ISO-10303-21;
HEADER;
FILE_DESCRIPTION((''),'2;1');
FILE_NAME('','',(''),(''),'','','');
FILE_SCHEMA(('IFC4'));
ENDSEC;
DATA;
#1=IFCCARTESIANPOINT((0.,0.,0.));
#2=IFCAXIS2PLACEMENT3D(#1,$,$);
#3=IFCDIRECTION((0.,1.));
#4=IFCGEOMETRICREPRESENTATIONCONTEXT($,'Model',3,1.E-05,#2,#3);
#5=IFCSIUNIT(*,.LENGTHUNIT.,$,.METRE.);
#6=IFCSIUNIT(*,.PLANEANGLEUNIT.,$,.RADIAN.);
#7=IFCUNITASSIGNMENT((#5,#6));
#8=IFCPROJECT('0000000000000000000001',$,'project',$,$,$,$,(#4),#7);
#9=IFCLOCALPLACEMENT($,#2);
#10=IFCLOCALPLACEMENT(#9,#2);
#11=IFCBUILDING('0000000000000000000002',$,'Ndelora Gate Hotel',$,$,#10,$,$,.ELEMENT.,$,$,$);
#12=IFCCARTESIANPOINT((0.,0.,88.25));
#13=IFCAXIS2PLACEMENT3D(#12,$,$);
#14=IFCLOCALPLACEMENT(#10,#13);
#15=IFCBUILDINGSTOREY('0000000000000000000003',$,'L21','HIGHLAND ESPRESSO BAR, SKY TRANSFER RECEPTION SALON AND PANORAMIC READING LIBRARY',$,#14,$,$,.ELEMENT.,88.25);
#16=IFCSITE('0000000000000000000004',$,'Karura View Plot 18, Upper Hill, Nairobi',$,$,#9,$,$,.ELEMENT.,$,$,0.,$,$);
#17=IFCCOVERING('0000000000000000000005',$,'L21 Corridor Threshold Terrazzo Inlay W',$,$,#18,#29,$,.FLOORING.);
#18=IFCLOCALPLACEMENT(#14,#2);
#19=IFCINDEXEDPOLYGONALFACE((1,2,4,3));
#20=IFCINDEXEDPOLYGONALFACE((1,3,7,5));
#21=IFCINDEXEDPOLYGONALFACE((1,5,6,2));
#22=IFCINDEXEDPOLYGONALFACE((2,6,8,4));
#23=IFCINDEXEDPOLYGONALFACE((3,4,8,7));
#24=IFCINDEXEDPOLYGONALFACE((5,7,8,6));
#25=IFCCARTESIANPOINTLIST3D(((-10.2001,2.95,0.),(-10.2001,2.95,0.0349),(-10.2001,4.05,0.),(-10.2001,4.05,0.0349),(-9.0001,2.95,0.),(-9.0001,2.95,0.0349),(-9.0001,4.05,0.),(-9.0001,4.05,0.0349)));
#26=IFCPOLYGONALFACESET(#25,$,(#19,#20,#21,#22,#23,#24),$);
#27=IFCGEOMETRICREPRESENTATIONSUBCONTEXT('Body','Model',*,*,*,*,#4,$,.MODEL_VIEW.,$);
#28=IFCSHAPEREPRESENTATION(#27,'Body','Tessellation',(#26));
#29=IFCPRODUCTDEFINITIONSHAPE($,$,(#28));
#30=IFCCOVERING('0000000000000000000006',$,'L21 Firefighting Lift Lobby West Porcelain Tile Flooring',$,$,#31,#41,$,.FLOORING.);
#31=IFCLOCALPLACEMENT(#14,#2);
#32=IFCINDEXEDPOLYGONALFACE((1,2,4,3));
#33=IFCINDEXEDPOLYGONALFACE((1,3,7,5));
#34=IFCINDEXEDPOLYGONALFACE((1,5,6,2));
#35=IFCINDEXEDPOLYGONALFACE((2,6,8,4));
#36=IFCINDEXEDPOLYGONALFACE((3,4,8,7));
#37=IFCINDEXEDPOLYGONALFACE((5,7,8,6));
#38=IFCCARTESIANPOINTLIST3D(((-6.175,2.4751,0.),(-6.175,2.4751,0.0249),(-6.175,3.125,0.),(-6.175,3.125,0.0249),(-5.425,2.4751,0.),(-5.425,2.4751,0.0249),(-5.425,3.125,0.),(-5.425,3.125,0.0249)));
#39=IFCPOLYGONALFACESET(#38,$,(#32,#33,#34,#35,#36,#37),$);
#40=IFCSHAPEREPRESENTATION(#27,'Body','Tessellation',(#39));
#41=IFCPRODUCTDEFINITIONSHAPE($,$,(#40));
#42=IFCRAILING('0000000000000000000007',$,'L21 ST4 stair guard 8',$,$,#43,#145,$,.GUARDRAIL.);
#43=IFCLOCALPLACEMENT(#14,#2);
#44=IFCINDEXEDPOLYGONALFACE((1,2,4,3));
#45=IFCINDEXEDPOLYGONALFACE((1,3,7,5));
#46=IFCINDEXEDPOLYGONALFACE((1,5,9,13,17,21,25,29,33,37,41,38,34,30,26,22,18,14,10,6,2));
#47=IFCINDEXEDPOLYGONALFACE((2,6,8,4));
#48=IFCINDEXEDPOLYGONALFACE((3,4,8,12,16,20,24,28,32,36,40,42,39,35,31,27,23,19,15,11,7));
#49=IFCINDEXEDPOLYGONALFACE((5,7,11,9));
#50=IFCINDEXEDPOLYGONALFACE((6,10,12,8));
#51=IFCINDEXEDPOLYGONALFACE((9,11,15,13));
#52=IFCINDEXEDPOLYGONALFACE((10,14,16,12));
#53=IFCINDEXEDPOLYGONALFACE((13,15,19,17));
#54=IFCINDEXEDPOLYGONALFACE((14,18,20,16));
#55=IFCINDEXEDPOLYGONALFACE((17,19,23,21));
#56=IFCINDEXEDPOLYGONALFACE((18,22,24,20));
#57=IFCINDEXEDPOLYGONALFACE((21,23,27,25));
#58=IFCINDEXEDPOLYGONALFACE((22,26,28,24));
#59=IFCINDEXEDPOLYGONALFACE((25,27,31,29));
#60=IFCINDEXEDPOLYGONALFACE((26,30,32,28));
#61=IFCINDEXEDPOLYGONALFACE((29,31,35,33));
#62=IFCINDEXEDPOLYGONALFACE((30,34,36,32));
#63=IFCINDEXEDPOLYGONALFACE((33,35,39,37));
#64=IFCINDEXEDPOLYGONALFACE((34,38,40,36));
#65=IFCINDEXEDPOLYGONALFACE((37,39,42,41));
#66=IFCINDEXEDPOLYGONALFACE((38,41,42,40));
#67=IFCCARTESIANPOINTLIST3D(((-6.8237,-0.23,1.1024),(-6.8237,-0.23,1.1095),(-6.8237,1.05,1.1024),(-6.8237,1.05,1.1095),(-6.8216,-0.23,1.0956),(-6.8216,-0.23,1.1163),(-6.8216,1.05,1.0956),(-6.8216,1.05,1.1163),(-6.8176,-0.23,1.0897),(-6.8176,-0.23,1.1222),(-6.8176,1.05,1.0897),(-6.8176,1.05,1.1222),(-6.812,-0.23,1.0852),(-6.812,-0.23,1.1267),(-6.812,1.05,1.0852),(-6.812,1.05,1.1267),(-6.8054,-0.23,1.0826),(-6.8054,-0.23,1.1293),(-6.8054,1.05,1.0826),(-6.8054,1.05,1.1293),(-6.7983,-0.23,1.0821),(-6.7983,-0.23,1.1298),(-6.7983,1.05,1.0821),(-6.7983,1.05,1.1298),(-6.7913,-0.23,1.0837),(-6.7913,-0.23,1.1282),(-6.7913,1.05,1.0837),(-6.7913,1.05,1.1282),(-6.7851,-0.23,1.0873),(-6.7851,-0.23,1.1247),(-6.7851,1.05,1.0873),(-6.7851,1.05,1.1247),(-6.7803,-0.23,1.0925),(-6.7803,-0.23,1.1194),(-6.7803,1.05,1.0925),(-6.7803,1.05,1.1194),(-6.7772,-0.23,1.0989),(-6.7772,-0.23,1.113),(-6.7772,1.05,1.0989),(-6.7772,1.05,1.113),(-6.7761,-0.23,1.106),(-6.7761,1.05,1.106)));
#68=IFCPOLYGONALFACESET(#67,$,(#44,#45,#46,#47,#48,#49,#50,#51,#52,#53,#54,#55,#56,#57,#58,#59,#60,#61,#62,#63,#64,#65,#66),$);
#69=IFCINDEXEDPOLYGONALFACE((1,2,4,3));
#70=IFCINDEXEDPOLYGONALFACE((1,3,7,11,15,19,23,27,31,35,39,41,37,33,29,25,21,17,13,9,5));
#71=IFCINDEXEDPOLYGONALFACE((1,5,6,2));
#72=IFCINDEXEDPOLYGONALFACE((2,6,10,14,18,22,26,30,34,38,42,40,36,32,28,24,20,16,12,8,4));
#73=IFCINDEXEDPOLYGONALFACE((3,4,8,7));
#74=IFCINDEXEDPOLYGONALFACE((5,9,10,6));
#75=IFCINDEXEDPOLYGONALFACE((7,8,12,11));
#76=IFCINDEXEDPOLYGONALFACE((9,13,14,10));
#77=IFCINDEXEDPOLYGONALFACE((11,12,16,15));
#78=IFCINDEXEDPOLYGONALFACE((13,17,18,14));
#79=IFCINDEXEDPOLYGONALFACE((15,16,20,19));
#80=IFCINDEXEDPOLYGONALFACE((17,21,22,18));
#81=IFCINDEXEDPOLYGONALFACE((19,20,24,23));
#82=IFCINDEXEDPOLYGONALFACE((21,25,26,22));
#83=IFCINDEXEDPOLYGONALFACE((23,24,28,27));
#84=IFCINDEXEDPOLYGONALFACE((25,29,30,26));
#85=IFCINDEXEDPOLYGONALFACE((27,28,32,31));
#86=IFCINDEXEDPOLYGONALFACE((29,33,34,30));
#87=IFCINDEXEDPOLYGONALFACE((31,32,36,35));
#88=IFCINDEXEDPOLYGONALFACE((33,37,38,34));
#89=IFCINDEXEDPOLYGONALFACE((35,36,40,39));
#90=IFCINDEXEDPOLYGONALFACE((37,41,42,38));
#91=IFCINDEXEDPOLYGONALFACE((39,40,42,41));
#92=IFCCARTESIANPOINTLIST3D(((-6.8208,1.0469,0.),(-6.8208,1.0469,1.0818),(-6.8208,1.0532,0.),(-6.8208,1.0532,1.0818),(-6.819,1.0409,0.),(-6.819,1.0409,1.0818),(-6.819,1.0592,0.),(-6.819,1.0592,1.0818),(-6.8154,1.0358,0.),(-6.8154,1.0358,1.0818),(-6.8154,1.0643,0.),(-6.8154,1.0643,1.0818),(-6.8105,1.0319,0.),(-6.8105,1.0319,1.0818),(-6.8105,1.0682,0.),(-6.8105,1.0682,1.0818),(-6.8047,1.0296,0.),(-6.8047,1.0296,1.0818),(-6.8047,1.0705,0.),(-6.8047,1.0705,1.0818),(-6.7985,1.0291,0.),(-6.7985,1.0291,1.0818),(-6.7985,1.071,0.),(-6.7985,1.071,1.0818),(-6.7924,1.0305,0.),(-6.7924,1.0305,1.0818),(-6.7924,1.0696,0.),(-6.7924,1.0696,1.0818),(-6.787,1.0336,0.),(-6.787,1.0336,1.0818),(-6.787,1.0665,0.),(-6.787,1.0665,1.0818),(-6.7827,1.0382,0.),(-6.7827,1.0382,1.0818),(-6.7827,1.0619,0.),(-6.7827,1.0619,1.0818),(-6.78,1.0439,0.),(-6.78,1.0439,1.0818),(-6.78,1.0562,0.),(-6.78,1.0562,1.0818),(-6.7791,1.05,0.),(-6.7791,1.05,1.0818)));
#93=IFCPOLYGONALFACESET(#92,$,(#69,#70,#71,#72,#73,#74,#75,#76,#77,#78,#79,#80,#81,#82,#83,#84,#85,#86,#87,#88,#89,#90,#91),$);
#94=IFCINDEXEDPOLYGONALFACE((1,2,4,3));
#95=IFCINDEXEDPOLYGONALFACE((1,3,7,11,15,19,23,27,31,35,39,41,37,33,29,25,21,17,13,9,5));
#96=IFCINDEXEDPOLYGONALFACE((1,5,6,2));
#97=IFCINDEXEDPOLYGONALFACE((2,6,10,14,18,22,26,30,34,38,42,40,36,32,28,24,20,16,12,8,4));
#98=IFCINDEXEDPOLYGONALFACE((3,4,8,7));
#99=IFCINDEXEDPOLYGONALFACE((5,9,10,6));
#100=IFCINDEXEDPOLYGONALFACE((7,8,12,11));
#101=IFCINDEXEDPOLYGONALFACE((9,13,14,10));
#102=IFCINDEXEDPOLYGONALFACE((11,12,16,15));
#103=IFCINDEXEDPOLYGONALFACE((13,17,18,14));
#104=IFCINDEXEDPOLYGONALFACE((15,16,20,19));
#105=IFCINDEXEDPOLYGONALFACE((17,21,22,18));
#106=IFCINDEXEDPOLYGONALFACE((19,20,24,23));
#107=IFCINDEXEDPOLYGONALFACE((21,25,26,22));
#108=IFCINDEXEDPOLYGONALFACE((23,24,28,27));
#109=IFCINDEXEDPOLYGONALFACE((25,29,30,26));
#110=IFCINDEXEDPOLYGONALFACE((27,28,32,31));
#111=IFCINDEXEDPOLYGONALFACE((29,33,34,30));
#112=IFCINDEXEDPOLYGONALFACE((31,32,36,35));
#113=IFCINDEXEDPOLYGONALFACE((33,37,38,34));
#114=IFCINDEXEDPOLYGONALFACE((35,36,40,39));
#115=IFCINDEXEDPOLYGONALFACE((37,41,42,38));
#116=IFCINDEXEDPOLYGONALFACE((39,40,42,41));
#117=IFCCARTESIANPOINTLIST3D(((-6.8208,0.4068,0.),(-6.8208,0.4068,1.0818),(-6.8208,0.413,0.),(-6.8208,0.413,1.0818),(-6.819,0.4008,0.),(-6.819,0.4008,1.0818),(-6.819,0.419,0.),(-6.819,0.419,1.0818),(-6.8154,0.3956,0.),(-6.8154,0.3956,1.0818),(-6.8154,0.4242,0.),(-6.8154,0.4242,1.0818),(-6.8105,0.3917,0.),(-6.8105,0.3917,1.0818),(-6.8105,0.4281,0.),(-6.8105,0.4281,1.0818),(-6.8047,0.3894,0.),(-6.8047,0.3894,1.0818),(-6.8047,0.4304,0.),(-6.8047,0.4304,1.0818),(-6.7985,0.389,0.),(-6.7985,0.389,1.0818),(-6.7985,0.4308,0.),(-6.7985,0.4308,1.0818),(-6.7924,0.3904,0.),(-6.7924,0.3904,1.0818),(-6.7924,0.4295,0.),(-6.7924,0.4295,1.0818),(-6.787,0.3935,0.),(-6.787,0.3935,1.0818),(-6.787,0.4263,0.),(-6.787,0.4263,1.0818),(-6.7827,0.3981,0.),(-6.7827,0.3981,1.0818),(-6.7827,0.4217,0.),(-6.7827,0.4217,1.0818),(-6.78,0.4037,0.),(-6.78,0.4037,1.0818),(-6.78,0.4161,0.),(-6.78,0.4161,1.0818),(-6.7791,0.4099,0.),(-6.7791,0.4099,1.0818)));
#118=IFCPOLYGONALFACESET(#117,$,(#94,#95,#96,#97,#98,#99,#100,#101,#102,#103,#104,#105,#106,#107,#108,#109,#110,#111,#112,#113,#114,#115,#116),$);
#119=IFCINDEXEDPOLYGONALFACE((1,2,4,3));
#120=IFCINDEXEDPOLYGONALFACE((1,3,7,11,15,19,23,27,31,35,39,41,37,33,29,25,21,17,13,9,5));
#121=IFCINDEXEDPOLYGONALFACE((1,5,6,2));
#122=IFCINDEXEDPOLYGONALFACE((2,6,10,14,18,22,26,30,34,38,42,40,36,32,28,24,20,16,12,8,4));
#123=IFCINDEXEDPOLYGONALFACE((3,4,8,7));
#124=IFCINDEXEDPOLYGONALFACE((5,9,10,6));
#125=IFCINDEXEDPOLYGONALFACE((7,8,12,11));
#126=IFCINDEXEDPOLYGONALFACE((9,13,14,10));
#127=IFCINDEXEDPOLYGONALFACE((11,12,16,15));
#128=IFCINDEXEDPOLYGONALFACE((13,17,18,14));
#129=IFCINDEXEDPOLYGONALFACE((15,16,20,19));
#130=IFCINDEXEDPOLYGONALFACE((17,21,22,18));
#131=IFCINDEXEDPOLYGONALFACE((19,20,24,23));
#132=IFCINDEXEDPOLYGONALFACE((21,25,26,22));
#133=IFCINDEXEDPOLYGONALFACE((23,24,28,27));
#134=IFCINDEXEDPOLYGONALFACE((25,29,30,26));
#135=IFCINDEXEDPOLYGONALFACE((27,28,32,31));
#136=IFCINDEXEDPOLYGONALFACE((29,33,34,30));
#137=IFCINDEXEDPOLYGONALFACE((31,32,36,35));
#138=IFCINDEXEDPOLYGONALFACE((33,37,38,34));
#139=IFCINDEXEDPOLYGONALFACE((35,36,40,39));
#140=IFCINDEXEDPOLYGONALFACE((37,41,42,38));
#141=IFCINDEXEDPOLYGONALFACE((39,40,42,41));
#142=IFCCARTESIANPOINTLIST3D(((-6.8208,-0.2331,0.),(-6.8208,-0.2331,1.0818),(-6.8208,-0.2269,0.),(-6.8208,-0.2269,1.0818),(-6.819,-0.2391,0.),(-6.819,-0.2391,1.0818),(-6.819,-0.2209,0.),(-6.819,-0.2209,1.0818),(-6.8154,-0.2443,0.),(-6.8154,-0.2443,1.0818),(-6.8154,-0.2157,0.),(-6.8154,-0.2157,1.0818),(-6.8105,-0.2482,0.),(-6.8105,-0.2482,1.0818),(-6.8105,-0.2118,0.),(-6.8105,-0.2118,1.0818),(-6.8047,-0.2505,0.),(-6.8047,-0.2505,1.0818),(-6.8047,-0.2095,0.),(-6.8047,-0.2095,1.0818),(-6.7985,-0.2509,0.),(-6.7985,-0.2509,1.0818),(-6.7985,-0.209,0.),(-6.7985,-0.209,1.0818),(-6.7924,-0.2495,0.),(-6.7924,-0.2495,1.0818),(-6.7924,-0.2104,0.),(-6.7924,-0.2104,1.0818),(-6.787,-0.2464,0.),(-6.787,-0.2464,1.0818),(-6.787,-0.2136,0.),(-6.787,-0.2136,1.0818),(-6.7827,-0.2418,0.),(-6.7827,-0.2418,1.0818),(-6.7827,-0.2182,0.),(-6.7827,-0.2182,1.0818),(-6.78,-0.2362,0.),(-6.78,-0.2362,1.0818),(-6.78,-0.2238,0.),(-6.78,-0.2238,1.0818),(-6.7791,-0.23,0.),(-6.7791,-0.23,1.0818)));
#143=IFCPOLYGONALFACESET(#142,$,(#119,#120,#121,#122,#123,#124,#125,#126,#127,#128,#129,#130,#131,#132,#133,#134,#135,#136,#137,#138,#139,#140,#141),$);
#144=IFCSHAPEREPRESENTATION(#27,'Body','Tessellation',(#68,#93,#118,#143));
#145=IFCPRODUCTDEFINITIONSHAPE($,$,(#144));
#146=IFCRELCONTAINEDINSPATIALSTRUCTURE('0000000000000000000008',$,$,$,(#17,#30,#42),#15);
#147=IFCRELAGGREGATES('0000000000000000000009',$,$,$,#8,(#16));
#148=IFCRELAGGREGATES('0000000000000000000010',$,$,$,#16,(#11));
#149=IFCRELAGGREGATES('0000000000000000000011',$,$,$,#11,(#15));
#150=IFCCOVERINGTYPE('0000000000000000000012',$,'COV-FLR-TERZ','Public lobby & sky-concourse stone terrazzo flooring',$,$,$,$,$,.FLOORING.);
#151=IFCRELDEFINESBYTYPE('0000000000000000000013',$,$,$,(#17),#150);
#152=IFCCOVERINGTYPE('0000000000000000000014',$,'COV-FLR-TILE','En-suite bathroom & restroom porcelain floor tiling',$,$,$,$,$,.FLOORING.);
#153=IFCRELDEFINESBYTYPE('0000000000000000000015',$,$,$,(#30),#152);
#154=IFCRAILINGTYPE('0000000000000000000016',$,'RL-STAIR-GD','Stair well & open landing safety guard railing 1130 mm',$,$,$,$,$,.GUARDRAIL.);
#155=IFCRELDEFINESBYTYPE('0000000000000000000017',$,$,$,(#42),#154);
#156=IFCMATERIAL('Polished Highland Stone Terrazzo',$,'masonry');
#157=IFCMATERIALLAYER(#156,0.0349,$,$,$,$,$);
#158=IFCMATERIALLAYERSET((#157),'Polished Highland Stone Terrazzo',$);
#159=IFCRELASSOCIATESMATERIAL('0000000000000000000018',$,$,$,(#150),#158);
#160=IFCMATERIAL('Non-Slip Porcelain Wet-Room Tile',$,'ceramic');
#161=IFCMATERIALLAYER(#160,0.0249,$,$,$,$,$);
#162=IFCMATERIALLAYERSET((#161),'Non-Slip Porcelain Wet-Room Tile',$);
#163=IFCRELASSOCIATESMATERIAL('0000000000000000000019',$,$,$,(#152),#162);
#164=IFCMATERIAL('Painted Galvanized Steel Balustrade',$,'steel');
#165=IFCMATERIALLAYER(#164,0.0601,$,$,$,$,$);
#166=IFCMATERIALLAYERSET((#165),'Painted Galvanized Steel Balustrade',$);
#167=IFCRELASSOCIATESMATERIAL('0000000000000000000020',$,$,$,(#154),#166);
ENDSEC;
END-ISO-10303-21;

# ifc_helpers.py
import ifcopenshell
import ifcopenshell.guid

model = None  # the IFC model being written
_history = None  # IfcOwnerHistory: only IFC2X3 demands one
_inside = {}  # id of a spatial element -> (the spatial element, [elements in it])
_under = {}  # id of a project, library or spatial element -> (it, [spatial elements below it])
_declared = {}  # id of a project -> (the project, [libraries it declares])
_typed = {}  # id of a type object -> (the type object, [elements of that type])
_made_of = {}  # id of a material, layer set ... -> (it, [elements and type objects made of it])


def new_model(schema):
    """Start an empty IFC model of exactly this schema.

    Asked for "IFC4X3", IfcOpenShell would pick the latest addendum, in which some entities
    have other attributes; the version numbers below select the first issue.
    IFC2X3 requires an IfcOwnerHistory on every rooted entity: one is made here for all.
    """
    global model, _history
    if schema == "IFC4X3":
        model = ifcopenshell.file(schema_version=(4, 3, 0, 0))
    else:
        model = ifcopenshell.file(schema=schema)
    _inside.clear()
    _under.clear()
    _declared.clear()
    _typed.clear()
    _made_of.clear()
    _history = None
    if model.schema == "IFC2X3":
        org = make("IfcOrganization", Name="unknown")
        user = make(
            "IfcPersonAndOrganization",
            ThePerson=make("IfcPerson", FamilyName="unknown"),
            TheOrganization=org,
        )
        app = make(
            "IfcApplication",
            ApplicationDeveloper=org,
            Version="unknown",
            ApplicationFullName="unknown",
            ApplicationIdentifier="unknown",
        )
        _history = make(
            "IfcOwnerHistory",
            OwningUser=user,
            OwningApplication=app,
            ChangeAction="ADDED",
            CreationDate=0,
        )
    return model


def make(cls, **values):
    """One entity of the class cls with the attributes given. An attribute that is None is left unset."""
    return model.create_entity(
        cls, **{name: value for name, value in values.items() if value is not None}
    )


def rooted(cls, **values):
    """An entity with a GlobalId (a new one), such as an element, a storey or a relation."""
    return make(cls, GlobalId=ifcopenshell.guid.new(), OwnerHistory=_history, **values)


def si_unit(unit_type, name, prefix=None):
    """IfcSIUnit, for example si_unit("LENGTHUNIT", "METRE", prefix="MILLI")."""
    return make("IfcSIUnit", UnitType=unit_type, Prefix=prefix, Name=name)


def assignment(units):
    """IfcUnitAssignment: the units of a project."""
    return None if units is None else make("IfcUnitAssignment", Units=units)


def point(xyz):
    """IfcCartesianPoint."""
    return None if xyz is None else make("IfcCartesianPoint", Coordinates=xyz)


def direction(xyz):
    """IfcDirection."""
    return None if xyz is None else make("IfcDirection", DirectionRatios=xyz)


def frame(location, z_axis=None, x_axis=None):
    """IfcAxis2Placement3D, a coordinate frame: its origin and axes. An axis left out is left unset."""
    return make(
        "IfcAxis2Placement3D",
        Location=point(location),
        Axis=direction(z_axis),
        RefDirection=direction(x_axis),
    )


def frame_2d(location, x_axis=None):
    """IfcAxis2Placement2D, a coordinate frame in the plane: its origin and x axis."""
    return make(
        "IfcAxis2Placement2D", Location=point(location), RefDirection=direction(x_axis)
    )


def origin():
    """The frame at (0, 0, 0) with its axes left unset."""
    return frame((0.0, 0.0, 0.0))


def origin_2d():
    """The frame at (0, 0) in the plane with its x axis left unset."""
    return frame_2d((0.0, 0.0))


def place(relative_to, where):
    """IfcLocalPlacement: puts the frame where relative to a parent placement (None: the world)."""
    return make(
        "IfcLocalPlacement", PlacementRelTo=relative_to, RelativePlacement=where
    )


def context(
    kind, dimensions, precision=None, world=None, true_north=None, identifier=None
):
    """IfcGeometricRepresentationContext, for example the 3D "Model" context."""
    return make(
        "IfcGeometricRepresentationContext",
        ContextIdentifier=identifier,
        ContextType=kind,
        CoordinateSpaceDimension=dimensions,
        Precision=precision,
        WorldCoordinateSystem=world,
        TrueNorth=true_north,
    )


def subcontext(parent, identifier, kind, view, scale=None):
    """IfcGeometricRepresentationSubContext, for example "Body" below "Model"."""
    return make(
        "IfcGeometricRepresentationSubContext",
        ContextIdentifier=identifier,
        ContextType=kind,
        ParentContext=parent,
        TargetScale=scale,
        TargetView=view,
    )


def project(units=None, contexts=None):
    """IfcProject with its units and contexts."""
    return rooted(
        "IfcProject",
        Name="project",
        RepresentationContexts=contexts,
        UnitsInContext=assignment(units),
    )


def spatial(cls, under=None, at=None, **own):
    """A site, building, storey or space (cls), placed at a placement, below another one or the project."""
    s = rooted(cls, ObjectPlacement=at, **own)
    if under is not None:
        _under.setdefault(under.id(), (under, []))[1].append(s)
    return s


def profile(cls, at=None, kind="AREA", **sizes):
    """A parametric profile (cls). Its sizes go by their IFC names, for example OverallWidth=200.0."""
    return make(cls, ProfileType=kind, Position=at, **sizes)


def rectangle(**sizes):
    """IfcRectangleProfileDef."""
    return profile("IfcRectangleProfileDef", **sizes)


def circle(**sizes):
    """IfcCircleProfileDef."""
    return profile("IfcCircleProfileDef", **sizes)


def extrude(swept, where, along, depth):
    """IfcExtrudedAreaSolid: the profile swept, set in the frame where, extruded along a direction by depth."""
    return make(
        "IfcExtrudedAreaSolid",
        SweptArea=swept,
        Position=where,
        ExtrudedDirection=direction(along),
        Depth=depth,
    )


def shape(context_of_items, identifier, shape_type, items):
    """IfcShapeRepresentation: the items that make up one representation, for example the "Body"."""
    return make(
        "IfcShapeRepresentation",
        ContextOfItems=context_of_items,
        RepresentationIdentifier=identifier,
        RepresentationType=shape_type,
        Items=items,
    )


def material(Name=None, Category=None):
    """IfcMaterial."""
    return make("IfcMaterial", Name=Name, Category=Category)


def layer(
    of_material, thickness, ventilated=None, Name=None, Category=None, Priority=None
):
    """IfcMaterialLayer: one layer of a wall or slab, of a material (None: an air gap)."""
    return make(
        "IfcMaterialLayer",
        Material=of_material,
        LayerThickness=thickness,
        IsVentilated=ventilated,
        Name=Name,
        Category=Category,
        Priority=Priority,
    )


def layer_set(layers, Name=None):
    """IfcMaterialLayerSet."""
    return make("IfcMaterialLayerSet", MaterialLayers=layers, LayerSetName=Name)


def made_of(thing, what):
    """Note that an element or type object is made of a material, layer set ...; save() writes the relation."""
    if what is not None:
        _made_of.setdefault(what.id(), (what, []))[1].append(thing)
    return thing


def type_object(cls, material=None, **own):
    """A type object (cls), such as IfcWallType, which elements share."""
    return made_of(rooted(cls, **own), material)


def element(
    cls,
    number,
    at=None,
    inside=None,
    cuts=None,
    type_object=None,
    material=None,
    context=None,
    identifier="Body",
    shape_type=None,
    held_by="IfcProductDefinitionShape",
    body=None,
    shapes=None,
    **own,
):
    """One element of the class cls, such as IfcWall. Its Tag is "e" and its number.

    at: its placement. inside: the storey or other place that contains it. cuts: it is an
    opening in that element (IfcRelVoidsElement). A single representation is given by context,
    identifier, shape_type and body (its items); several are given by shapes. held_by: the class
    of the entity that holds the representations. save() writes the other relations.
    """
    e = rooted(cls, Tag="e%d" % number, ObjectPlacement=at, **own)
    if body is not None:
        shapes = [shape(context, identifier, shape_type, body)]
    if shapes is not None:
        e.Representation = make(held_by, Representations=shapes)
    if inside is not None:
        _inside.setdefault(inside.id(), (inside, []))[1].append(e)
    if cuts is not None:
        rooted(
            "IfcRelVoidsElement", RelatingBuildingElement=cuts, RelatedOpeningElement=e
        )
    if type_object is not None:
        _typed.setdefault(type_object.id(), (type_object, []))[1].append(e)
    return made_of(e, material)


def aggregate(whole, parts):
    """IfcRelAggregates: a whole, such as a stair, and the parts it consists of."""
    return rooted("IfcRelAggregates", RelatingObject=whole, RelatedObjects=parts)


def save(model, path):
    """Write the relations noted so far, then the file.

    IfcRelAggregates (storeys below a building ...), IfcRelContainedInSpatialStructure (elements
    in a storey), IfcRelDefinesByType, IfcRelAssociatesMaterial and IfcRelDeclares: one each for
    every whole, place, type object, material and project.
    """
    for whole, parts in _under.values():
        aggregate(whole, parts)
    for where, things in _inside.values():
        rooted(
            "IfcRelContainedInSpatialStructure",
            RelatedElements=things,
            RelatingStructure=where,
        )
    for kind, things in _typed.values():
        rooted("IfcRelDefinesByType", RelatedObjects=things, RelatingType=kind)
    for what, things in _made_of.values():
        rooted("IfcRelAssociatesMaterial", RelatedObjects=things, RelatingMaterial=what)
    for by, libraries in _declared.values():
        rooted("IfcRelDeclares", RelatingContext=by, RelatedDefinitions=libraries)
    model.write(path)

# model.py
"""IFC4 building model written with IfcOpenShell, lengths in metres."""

from ifc_helpers import new_model, si_unit, direction, frame, origin, origin_2d, place, context, subcontext, project, spatial, rectangle, circle, extrude, material, layer, layer_set, type_object, element, save


model = new_model("IFC4")

# Units and contexts
model_context = context("Model", 3, precision=1e-05, world=origin(), true_north=direction((0.0, 1.0)))
body_context = subcontext(model_context, "Body", "Model", "MODEL_VIEW")
ifc_project = project(units=[si_unit("LENGTHUNIT", "METRE"), si_unit("PLANEANGLEUNIT", "RADIAN")], contexts=[model_context])

# Site, building, storey
site_placement = place(None, origin())
site = spatial("IfcSite", under=ifc_project, at=site_placement, Name="Karura View Plot 18, Upper Hill, Nairobi", CompositionType="ELEMENT", RefElevation=0.0)
building_placement = place(site_placement, origin())
building = spatial("IfcBuilding", under=site, at=building_placement, Name="Ndelora Gate Hotel", CompositionType="ELEMENT")
storey_placement = place(building_placement, frame((0.0, 0.0, 88.25)))
storey = spatial("IfcBuildingStorey", under=building, at=storey_placement, Name="L21", Description="HIGHLAND ESPRESSO BAR, SKY TRANSFER RECEPTION SALON AND PANORAMIC READING LIBRARY", CompositionType="ELEMENT", Elevation=88.25)

# Coverings
ifc_material_1 = material(Name="Polished Highland Stone Terrazzo", Category="masonry")
ifc_layer_1 = layer(ifc_material_1, 0.0349)
ifc_layer_set_1 = layer_set([ifc_layer_1], Name="Polished Highland Stone Terrazzo")
covering_type_1 = type_object("IfcCoveringType", Name="COV-FLR-TERZ", Description="Public lobby & sky-concourse stone terrazzo flooring", PredefinedType="FLOORING", material=ifc_layer_set_1)
covering_1_placement = place(storey_placement, frame((-9.6001, 3.5, 0.0), z_axis=(0.0, 0.0, 1.0), x_axis=(1.0, 0.0, 0.0)))
element("IfcCovering", 1, at=covering_1_placement, inside=storey, type_object=covering_type_1, Name="L21 Corridor Threshold Terrazzo Inlay W", PredefinedType="FLOORING", context=body_context, shape_type="SweptSolid", body=[
    extrude(rectangle(XDim=1.2, YDim=1.1001, at=origin_2d()), origin(), (0.0, 0.0, 1.0), 0.0349),
])
ifc_material_2 = material(Name="Non-Slip Porcelain Wet-Room Tile", Category="ceramic")
ifc_layer_2 = layer(ifc_material_2, 0.0249)
ifc_layer_set_2 = layer_set([ifc_layer_2], Name="Non-Slip Porcelain Wet-Room Tile")
covering_type_2 = type_object("IfcCoveringType", Name="COV-FLR-TILE", Description="En-suite bathroom & restroom porcelain floor tiling", PredefinedType="FLOORING", material=ifc_layer_set_2)
covering_2_placement = place(storey_placement, frame((-5.8, 2.8, 0.0), z_axis=(0.0, 0.0, 1.0), x_axis=(1.0, 0.0, 0.0)))
element("IfcCovering", 2, at=covering_2_placement, inside=storey, type_object=covering_type_2, Name="L21 Firefighting Lift Lobby West Porcelain Tile Flooring", PredefinedType="FLOORING", context=body_context, shape_type="SweptSolid", body=[
    extrude(rectangle(XDim=0.75, YDim=0.6499, at=origin_2d()), origin(), (0.0, 0.0, 1.0), 0.0249),
])

# Railing
ifc_material_3 = material(Name="Painted Galvanized Steel Balustrade", Category="steel")
ifc_layer_3 = layer(ifc_material_3, 0.0601)
ifc_layer_set_3 = layer_set([ifc_layer_3], Name="Painted Galvanized Steel Balustrade")
railing_type = type_object("IfcRailingType", Name="RL-STAIR-GD", Description="Stair well & open landing safety guard railing 1130 mm", PredefinedType="GUARDRAIL", material=ifc_layer_set_3)
for number, where, name in (
    (3, (-6.8, 1.05, 0.0), "L21 ST4 stair guard 8"),
):
    element("IfcRailing", number, at=place(storey_placement, frame(where)), inside=storey, type_object=railing_type, Name=name, PredefinedType="GUARDRAIL", context=body_context, shape_type="SweptSolid", body=[
        extrude(circle(Radius=0.0239, at=origin_2d()), frame((0.0, 0.0, 1.106), z_axis=(0.0, -1.0, 0.0), x_axis=(1.0, 0.0, 0.0)), (0.0, 0.0, 1.0), 1.28),
        extrude(circle(Radius=0.021, at=origin_2d()), origin(), (0.0, 0.0, 1.0), 1.0818),
        extrude(circle(Radius=0.021, at=origin_2d()), frame((0.0, -0.6401, 0.0)), (0.0, 0.0, 1.0), 1.0818),
        extrude(circle(Radius=0.021, at=origin_2d()), frame((0.0, -1.28, 0.0)), (0.0, 0.0, 1.0), 1.0818),
    ])

save(model, "model.ifc")
